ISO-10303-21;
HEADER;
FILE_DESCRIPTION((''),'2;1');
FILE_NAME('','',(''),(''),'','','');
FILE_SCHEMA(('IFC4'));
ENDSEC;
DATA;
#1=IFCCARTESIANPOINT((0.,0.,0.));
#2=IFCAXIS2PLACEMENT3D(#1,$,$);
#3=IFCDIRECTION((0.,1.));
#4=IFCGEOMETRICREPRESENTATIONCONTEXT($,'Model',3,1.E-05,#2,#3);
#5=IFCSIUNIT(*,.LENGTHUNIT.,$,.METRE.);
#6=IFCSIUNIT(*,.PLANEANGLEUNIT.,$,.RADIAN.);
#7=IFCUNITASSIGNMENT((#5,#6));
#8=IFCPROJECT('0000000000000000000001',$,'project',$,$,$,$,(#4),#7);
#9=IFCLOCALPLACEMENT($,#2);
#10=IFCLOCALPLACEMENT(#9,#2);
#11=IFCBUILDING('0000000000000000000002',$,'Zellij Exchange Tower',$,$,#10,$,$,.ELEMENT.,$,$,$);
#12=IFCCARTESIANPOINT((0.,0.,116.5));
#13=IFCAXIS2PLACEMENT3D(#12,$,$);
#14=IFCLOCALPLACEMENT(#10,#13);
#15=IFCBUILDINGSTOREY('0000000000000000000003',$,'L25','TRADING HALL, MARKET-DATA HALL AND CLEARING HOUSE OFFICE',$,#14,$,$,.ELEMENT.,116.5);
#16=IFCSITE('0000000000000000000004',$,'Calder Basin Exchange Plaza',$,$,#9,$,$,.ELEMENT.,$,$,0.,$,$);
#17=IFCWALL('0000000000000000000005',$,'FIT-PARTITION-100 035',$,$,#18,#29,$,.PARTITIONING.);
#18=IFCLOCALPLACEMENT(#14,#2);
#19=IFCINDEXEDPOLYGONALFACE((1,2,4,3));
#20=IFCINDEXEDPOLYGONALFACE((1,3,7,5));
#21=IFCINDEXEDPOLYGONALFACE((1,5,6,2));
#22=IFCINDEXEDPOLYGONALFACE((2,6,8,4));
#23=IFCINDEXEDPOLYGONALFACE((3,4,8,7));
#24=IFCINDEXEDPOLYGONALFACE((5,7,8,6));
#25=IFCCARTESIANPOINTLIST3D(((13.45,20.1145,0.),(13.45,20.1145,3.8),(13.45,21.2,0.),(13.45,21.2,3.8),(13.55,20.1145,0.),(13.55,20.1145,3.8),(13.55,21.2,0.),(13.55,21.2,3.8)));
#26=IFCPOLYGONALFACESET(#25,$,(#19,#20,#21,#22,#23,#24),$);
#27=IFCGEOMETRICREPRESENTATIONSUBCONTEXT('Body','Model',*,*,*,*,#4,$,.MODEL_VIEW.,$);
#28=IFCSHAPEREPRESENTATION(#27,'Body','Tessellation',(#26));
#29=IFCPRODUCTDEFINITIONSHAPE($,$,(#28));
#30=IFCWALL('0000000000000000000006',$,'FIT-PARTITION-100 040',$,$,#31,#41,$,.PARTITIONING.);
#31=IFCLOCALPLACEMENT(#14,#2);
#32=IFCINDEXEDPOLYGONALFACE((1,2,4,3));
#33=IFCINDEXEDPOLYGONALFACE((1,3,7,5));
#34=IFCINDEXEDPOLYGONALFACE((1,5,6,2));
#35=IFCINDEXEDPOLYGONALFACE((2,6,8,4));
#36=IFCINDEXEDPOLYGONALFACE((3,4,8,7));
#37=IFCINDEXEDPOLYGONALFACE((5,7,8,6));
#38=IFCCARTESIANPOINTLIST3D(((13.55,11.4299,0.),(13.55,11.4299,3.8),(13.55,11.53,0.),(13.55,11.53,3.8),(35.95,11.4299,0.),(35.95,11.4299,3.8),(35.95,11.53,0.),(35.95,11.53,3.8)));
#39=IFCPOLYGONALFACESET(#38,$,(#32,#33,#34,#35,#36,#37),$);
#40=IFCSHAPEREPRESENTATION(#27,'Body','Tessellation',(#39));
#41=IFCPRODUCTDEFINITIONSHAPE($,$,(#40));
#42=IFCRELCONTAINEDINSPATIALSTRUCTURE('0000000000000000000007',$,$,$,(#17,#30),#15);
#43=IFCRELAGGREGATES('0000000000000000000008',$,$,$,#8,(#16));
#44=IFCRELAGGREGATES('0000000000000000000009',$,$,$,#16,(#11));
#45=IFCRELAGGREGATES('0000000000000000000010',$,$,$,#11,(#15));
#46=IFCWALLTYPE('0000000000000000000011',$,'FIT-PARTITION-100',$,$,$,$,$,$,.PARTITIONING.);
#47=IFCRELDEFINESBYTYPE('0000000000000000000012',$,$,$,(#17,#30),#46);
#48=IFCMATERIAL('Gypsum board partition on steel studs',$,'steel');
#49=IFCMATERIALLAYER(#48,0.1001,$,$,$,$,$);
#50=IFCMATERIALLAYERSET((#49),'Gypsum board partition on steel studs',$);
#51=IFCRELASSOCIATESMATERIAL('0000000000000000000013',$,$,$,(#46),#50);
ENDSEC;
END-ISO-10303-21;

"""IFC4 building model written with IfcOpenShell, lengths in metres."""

from ifc_helpers import new_model, si_unit, direction, frame, frame_2d, origin, place, context, subcontext, project, spatial, rectangle, extrude, material, layer, layer_set, type_object, element, save


model = new_model("IFC4")

# Units and contexts
model_context = context("Model", 3, precision=1e-05, world=origin(), true_north=direction((0.0, 1.0)))
body_context = subcontext(model_context, "Body", "Model", "MODEL_VIEW")
ifc_project = project(units=[si_unit("LENGTHUNIT", "METRE"), si_unit("PLANEANGLEUNIT", "RADIAN")], contexts=[model_context])

# Site, building, storey
site_placement = place(None, origin())
site = spatial("IfcSite", under=ifc_project, at=site_placement, Name="Calder Basin Exchange Plaza", CompositionType="ELEMENT", RefElevation=0.0)
building_placement = place(site_placement, origin())
building = spatial("IfcBuilding", under=site, at=building_placement, Name="Zellij Exchange Tower", CompositionType="ELEMENT")
storey_placement = place(building_placement, frame((0.0, 0.0, 116.5)))
storey = spatial("IfcBuildingStorey", under=building, at=storey_placement, Name="L25", Description="TRADING HALL, MARKET-DATA HALL AND CLEARING HOUSE OFFICE", CompositionType="ELEMENT", Elevation=116.5)

# Shared definitions
ifc_material_1 = material(Name="Gypsum board partition on steel studs", Category="steel")
ifc_layer = layer(ifc_material_1, 0.1001)
ifc_layer_set = layer_set([ifc_layer], Name="Gypsum board partition on steel studs")
wall_type = type_object("IfcWallType", Name="FIT-PARTITION-100", PredefinedType="PARTITIONING", material=ifc_layer_set)

# Walls
wall_1_placement = place(storey_placement, frame((13.5, 20.1145, 0.0), z_axis=(0.0, 0.0, 1.0), x_axis=(0.0, 1.0, 0.0)))
element("IfcWall", 1, at=wall_1_placement, inside=storey, type_object=wall_type, Name="FIT-PARTITION-100 035", PredefinedType="PARTITIONING", context=body_context, shape_type="SweptSolid", body=[
    extrude(rectangle(XDim=1.0854, YDim=0.1001, at=frame_2d((0.5427, 0.0))), origin(), (0.0, 0.0, 1.0), 3.8),
])
wall_2_placement = place(storey_placement, frame((13.55, 11.48, 0.0), z_axis=(0.0, 0.0, 1.0), x_axis=(1.0, 0.0, 0.0)))
element("IfcWall", 2, at=wall_2_placement, inside=storey, type_object=wall_type, Name="FIT-PARTITION-100 040", PredefinedType="PARTITIONING", context=body_context, shape_type="SweptSolid", body=[
    extrude(rectangle(XDim=22.3999, YDim=0.1001, at=frame_2d((11.2, 0.0))), origin(), (0.0, 0.0, 1.0), 3.8),
])

save(model, "model.ifc")
